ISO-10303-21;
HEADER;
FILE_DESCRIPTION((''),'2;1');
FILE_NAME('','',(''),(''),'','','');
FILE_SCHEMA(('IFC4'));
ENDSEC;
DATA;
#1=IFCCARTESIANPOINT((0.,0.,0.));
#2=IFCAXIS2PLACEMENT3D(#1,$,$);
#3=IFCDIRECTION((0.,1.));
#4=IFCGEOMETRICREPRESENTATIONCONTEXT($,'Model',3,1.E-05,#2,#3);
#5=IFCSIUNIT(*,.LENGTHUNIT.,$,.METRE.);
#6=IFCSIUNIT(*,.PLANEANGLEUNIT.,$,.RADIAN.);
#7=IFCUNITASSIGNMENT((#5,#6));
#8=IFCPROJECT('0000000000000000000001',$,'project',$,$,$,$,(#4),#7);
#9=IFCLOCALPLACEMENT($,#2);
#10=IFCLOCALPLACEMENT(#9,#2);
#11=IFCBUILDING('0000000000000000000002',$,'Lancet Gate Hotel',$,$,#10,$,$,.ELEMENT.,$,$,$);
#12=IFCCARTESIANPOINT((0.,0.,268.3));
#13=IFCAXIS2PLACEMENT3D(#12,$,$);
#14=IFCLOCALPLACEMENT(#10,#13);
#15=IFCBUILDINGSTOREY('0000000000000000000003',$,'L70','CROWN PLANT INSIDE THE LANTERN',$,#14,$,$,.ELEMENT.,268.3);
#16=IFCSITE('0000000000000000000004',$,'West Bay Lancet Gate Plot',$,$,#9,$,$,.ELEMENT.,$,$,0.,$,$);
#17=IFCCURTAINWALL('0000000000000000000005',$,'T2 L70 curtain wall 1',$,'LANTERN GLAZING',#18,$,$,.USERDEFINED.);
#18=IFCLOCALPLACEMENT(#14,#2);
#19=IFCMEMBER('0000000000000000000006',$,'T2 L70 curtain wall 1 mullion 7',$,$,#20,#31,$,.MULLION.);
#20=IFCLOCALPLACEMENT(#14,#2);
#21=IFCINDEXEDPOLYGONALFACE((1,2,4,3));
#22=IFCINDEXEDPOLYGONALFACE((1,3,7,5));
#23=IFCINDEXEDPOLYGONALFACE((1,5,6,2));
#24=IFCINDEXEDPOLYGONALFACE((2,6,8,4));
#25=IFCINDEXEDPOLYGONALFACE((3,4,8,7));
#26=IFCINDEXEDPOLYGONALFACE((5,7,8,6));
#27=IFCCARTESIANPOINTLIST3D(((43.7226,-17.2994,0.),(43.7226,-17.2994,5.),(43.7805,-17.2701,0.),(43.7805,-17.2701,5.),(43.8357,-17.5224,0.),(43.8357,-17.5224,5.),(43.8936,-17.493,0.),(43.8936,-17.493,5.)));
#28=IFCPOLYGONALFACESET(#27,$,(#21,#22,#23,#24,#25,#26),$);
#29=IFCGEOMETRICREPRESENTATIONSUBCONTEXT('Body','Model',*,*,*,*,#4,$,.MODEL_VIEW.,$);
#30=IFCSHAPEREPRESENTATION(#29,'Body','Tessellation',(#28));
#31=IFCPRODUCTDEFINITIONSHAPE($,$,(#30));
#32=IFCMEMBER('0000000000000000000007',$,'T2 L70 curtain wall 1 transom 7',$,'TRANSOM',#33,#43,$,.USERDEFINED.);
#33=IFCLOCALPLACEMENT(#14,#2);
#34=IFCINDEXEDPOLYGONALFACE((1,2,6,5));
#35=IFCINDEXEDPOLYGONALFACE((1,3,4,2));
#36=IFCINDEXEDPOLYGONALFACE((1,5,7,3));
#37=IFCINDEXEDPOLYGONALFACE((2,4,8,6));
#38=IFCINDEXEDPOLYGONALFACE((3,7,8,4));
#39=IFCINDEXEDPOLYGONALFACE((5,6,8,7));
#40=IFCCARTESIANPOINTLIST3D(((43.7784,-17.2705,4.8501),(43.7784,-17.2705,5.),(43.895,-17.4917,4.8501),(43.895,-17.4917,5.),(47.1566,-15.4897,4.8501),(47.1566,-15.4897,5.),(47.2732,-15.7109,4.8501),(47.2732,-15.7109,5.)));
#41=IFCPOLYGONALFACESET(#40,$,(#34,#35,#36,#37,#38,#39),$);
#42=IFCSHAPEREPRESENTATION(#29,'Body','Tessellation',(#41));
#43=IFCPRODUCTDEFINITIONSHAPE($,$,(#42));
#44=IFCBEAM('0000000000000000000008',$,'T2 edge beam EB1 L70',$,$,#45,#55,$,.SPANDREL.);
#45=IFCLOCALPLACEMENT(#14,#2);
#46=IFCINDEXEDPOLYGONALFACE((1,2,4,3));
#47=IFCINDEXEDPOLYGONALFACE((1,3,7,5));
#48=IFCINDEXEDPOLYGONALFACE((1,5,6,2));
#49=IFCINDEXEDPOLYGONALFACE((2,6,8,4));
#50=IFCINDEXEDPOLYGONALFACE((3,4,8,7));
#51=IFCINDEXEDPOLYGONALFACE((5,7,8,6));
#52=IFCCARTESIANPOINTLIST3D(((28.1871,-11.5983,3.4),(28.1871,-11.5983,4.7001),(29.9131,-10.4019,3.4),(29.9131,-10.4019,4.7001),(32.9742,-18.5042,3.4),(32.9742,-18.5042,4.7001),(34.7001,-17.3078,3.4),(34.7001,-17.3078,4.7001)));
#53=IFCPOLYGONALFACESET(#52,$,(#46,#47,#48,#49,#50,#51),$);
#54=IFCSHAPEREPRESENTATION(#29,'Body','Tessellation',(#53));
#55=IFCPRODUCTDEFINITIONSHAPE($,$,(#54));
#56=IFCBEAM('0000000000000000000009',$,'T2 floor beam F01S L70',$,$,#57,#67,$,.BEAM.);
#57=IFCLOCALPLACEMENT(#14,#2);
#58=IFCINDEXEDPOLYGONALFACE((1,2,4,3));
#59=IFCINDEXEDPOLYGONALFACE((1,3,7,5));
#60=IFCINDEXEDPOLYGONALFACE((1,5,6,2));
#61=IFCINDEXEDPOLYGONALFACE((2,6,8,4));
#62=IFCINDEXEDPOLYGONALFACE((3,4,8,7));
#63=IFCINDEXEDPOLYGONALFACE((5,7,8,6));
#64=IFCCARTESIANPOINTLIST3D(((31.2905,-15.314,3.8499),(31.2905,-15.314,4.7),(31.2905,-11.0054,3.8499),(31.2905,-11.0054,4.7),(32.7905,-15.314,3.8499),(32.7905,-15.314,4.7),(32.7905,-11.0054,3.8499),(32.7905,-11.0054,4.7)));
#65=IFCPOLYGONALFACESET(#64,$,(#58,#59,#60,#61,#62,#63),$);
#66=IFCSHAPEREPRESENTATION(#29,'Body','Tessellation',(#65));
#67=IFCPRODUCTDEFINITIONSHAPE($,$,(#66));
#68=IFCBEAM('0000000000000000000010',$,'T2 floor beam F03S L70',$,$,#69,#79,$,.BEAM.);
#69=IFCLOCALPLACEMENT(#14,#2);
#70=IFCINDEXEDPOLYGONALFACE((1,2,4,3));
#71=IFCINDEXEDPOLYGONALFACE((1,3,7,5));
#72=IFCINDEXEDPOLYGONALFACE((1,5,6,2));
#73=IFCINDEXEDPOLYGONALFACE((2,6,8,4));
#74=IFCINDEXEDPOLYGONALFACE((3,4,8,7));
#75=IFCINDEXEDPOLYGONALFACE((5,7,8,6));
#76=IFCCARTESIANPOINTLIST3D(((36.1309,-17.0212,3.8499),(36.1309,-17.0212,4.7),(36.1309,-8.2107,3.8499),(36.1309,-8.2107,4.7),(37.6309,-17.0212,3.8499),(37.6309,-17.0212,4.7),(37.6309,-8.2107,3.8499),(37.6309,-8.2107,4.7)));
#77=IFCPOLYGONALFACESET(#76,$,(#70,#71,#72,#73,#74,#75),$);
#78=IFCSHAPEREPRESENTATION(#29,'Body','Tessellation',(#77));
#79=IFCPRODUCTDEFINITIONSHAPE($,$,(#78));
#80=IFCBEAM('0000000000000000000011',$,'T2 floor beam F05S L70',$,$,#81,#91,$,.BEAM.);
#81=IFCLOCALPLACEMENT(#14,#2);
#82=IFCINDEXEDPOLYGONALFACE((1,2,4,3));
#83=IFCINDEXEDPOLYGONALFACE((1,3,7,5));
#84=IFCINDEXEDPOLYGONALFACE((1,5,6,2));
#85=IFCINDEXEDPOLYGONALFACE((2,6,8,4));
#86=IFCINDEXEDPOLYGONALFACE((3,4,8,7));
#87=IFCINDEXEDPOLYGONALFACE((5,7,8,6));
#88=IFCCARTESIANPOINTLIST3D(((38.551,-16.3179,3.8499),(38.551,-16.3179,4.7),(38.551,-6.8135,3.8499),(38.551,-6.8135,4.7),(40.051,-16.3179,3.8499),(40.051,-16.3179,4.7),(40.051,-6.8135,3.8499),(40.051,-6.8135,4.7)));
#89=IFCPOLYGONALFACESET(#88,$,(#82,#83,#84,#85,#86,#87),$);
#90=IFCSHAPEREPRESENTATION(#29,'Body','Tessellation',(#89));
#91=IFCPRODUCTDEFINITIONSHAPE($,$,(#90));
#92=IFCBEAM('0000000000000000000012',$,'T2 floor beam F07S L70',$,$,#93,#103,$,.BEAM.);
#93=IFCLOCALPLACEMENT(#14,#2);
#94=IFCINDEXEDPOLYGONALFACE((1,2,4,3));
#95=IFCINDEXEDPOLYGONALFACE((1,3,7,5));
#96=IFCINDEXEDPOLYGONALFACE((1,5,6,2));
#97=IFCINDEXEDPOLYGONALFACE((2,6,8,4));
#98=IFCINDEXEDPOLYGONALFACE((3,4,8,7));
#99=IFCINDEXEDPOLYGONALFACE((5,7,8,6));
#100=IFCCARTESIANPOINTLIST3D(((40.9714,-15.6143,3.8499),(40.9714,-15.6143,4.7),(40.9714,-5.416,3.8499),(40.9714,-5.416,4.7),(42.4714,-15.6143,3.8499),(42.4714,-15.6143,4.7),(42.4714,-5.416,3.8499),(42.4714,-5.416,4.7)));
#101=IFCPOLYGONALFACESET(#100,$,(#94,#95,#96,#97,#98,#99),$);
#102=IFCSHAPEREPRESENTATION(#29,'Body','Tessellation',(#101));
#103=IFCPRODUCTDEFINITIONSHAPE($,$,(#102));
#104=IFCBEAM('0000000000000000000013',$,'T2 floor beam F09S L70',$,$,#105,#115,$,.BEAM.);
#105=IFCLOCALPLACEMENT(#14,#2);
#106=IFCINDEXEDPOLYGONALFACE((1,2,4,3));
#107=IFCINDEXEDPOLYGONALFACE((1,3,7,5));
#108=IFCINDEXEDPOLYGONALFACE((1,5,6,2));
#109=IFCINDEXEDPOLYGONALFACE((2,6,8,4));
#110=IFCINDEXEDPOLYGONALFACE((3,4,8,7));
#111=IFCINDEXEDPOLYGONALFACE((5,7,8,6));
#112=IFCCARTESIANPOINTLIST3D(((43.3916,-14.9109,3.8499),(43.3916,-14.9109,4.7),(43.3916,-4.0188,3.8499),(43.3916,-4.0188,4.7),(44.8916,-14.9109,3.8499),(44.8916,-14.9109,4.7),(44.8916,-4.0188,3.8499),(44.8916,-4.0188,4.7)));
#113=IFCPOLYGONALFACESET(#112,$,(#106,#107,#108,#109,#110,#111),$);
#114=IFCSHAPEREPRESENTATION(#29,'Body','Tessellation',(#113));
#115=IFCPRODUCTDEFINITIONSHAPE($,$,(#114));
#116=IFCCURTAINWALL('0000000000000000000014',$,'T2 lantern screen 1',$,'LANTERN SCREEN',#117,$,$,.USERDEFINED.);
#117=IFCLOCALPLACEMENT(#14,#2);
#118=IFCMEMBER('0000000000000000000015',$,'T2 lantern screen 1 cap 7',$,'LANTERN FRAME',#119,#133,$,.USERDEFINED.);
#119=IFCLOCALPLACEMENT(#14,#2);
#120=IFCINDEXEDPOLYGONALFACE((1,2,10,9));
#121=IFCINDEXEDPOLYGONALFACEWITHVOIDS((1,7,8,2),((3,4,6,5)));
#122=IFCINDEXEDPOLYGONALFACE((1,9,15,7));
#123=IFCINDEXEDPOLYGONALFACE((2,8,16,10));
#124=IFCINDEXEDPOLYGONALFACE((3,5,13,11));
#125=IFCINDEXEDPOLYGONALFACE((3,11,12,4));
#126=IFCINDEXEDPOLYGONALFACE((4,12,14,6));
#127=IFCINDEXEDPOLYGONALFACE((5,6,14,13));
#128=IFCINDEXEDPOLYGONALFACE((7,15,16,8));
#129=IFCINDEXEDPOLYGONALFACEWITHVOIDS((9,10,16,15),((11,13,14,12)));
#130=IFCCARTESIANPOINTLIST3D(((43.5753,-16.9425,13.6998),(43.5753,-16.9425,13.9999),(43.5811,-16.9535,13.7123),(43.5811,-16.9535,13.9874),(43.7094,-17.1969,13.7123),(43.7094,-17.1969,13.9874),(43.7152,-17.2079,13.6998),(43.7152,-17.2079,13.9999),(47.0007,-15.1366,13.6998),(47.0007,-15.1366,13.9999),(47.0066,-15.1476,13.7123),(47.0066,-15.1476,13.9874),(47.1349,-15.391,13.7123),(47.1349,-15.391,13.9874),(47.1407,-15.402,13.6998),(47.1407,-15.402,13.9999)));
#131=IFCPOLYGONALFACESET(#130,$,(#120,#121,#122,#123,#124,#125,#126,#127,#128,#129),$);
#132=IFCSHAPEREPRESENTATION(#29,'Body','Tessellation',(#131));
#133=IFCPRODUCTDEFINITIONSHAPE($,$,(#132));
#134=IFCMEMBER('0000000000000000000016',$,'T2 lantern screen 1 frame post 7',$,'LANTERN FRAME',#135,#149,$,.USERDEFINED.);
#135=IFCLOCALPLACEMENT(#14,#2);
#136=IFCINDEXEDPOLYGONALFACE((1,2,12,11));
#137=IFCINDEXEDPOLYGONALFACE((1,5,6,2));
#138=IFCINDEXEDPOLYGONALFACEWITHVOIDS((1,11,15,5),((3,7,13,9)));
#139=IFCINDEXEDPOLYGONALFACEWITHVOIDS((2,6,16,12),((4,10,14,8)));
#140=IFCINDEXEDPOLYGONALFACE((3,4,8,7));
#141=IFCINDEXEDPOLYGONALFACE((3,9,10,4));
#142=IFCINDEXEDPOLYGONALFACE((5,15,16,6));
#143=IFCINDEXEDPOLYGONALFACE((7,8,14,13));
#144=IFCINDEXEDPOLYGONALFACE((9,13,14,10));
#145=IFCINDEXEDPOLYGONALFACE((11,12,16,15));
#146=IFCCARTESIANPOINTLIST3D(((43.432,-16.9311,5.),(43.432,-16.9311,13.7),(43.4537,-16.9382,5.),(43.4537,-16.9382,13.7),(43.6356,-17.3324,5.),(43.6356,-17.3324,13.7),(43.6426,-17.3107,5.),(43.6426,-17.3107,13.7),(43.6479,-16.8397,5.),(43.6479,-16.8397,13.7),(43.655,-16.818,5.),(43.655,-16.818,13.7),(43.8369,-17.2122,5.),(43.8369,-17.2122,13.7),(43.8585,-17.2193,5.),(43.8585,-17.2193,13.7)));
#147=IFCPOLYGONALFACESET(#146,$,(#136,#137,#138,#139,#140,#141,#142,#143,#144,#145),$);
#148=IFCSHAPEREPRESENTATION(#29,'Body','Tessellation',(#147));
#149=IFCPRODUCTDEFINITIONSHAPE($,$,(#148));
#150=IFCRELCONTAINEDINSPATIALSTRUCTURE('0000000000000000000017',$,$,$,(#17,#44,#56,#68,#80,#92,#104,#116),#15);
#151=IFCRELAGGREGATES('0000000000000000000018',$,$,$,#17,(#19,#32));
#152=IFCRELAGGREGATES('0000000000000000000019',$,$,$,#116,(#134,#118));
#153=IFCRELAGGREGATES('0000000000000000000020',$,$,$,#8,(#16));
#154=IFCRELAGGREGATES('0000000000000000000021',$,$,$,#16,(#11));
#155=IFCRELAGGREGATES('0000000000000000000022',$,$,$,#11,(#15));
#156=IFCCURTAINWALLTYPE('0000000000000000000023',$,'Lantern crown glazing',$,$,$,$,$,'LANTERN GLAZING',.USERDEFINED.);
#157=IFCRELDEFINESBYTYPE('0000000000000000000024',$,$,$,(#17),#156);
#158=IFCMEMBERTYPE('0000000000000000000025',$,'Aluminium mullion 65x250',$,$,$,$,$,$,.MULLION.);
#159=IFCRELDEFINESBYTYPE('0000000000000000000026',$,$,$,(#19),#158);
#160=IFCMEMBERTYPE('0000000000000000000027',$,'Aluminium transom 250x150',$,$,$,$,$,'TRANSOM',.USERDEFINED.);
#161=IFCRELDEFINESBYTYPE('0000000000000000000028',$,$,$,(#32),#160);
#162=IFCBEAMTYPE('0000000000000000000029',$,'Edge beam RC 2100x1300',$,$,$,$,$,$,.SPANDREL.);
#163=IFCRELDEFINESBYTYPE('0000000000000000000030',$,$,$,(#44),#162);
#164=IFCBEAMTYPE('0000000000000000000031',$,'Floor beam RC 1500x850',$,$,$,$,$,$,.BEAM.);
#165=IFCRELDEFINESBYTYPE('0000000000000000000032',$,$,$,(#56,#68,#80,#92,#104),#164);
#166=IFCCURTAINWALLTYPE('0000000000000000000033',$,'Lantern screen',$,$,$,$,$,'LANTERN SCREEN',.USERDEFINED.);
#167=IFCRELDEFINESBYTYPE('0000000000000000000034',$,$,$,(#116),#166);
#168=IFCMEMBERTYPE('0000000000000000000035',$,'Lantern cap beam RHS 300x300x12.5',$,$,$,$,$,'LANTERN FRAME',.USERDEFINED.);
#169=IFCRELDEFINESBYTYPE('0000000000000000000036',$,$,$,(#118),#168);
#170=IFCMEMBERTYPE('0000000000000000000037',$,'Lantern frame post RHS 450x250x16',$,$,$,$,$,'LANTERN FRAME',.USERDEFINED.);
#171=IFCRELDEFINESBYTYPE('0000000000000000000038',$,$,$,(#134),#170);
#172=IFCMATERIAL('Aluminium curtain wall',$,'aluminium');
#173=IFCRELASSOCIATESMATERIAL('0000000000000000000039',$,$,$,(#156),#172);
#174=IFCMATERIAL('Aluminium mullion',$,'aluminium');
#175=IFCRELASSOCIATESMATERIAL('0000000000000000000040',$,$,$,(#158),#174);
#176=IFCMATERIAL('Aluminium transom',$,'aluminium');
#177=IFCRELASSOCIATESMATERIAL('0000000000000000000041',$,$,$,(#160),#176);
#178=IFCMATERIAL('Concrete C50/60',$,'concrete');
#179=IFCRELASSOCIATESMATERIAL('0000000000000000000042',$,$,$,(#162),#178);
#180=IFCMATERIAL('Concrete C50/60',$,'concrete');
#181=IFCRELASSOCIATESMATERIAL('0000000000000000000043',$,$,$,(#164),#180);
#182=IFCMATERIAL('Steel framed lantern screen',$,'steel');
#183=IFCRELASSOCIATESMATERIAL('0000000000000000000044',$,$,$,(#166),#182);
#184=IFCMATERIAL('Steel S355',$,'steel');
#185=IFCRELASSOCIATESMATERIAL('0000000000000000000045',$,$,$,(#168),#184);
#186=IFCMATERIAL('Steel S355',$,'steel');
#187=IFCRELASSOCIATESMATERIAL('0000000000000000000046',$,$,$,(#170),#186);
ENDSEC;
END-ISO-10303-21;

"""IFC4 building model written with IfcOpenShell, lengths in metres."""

from ifc_helpers import new_model, si_unit, direction, frame, origin, origin_2d, place, context, subcontext, project, spatial, rectangle, hollow_rectangle, extrude, material, material_profile, profile_set, type_object, element, aggregate, save


model = new_model("IFC4")

# Units and contexts
model_context = context("Model", 3, precision=1e-05, world=origin(), true_north=direction((0.0, 1.0)))
body_context = subcontext(model_context, "Body", "Model", "MODEL_VIEW")
ifc_project = project(units=[si_unit("LENGTHUNIT", "METRE"), si_unit("PLANEANGLEUNIT", "RADIAN")], contexts=[model_context])

# Site, building, storey
site_placement = place(None, origin())
site = spatial("IfcSite", under=ifc_project, at=site_placement, Name="West Bay Lancet Gate Plot", CompositionType="ELEMENT", RefElevation=0.0)
building_placement = place(site_placement, origin())
building = spatial("IfcBuilding", under=site, at=building_placement, Name="Lancet Gate Hotel", CompositionType="ELEMENT")
storey_placement = place(building_placement, frame((0.0, 0.0, 268.3)))
storey = spatial("IfcBuildingStorey", under=building, at=storey_placement, Name="L70", Description="CROWN PLANT INSIDE THE LANTERN", CompositionType="ELEMENT", Elevation=268.3)

# Curtain wall, members
ifc_material_1 = material(Name="Aluminium curtain wall", Category="aluminium")
curtain_wall_type_1 = type_object("IfcCurtainWallType", Name="Lantern crown glazing", ElementType="LANTERN GLAZING", PredefinedType="USERDEFINED", material=ifc_material_1)
curtain_wall_1_placement = place(storey_placement, origin())
curtain_wall_1 = element("IfcCurtainWall", 1, at=curtain_wall_1_placement, inside=storey, type_object=curtain_wall_type_1, Name="T2 L70 curtain wall 1", ObjectType="LANTERN GLAZING", PredefinedType="USERDEFINED")
ifc_material_2 = material(Name="Aluminium mullion", Category="aluminium")
ifc_material_profile_1 = material_profile(ifc_material_2, rectangle(XDim=0.0649, YDim=0.25, at=origin_2d()), Name="MULLION 65x250")
ifc_profile_set_1 = profile_set([ifc_material_profile_1], Name="Aluminium mullion")
member_type_1 = type_object("IfcMemberType", Name="Aluminium mullion 65x250", PredefinedType="MULLION", material=ifc_profile_set_1)
member_1_placement = place(storey_placement, frame((43.8081, -17.3962, 0.0), z_axis=(0.0, 0.0, 1.0), x_axis=(0.891833, 0.452365, 0.0)))
member_1 = element("IfcMember", 2, at=member_1_placement, type_object=member_type_1, Name="T2 L70 curtain wall 1 mullion 7", PredefinedType="MULLION", context=body_context, shape_type="SweptSolid", body=[
    extrude(rectangle(XDim=0.0649, YDim=0.25, at=origin_2d()), origin(), (0.0, 0.0, 1.0), 5.0),
])
ifc_material_3 = material(Name="Aluminium transom", Category="aluminium")
ifc_material_profile_2 = material_profile(ifc_material_3, rectangle(XDim=0.25, YDim=0.1499, at=origin_2d()), Name="TRANSOM 250x150")
ifc_profile_set_2 = profile_set([ifc_material_profile_2], Name="Aluminium transom")
member_type_2 = type_object("IfcMemberType", Name="Aluminium transom 250x150", ElementType="TRANSOM", PredefinedType="USERDEFINED", material=ifc_profile_set_2)
member_2_placement = place(storey_placement, frame((43.8367, -17.3811, 4.925), z_axis=(0.884618, 0.466315, 0.0), x_axis=(-0.466315, 0.884618, 0.0)))
member_2 = element("IfcMember", 3, at=member_2_placement, type_object=member_type_2, Name="T2 L70 curtain wall 1 transom 7", ObjectType="TRANSOM", PredefinedType="USERDEFINED", context=body_context, shape_type="SweptSolid", body=[
    extrude(rectangle(XDim=0.25, YDim=0.1499, at=origin_2d()), origin(), (0.0, 0.0, 1.0), 3.8188),
])

# Beams
ifc_material_4 = material(Name="Concrete C50/60", Category="concrete")
ifc_material_profile_3 = material_profile(ifc_material_4, rectangle(XDim=2.1001, YDim=1.3, at=origin_2d()), Name="RC 2100x1300")
ifc_profile_set_3 = profile_set([ifc_material_profile_3], Name="Concrete C50/60")
beam_type_1 = type_object("IfcBeamType", Name="Edge beam RC 2100x1300", PredefinedType="SPANDREL", material=ifc_profile_set_3)
beam_1_placement = place(storey_placement, frame((33.8372, -17.906, 4.05), z_axis=(-0.569695, 0.821856, 0.0), x_axis=(-0.821856, -0.569695, 0.0)))
element("IfcBeam", 4, at=beam_1_placement, inside=storey, type_object=beam_type_1, Name="T2 edge beam EB1 L70", PredefinedType="SPANDREL", context=body_context, shape_type="SweptSolid", body=[
    extrude(rectangle(XDim=2.1001, YDim=1.3, at=origin_2d()), origin(), (0.0, 0.0, 1.0), 8.4028),
])
ifc_material_5 = material(Name="Concrete C50/60", Category="concrete")
ifc_material_profile_4 = material_profile(ifc_material_5, rectangle(XDim=1.5, YDim=0.8501, at=origin_2d()), Name="RC 1500x850")
ifc_profile_set_4 = profile_set([ifc_material_profile_4], Name="Concrete C50/60")
beam_type_2 = type_object("IfcBeamType", Name="Floor beam RC 1500x850", PredefinedType="BEAM", material=ifc_profile_set_4)
beam_2_placement = place(storey_placement, frame((32.0405, -15.314, 4.2749), z_axis=(0.0, 1.0, 0.0), x_axis=(-1.0, 0.0, 0.0)))
element("IfcBeam", 5, at=beam_2_placement, inside=storey, type_object=beam_type_2, Name="T2 floor beam F01S L70", PredefinedType="BEAM", context=body_context, shape_type="SweptSolid", body=[
    extrude(rectangle(XDim=1.5, YDim=0.8501, at=origin_2d()), origin(), (0.0, 0.0, 1.0), 4.3086),
])
beam_3_placement = place(storey_placement, frame((36.8809, -17.0212, 4.2749), z_axis=(0.0, 1.0, 0.0), x_axis=(-1.0, 0.0, 0.0)))
element("IfcBeam", 6, at=beam_3_placement, inside=storey, type_object=beam_type_2, Name="T2 floor beam F03S L70", PredefinedType="BEAM", context=body_context, shape_type="SweptSolid", body=[
    extrude(rectangle(XDim=1.5, YDim=0.8501, at=origin_2d()), origin(), (0.0, 0.0, 1.0), 8.8105),
])
beam_4_placement = place(storey_placement, frame((39.301, -16.3179, 4.2749), z_axis=(0.0, 1.0, 0.0), x_axis=(-1.0, 0.0, 0.0)))
element("IfcBeam", 7, at=beam_4_placement, inside=storey, type_object=beam_type_2, Name="T2 floor beam F05S L70", PredefinedType="BEAM", context=body_context, shape_type="SweptSolid", body=[
    extrude(rectangle(XDim=1.5, YDim=0.8501, at=origin_2d()), origin(), (0.0, 0.0, 1.0), 9.5044),
])
beam_5_placement = place(storey_placement, frame((41.7214, -15.6143, 4.2749), z_axis=(0.0, 1.0, 0.0), x_axis=(-1.0, 0.0, 0.0)))
element("IfcBeam", 8, at=beam_5_placement, inside=storey, type_object=beam_type_2, Name="T2 floor beam F07S L70", PredefinedType="BEAM", context=body_context, shape_type="SweptSolid", body=[
    extrude(rectangle(XDim=1.5, YDim=0.8501, at=origin_2d()), origin(), (0.0, 0.0, 1.0), 10.1982),
])
beam_6_placement = place(storey_placement, frame((44.1416, -14.9109, 4.2749), z_axis=(0.0, 1.0, 0.0), x_axis=(-1.0, 0.0, 0.0)))
element("IfcBeam", 9, at=beam_6_placement, inside=storey, type_object=beam_type_2, Name="T2 floor beam F09S L70", PredefinedType="BEAM", context=body_context, shape_type="SweptSolid", body=[
    extrude(rectangle(XDim=1.5, YDim=0.8501, at=origin_2d()), origin(), (0.0, 0.0, 1.0), 10.8921),
])

# Curtain wall, members
ifc_material_6 = material(Name="Steel framed lantern screen", Category="steel")
curtain_wall_type_2 = type_object("IfcCurtainWallType", Name="Lantern screen", ElementType="LANTERN SCREEN", PredefinedType="USERDEFINED", material=ifc_material_6)
curtain_wall_2_placement = place(storey_placement, origin())
curtain_wall_2 = element("IfcCurtainWall", 10, at=curtain_wall_2_placement, inside=storey, type_object=curtain_wall_type_2, Name="T2 lantern screen 1", ObjectType="LANTERN SCREEN", PredefinedType="USERDEFINED")
ifc_material_7 = material(Name="Steel S355", Category="steel")
ifc_material_profile_5 = material_profile(ifc_material_7, hollow_rectangle(XDim=0.3, YDim=0.3, WallThickness=0.0125, at=origin_2d()), Name="RHS 300x300x12.5")
ifc_profile_set_5 = profile_set([ifc_material_profile_5], Name="Steel S355")
member_type_3 = type_object("IfcMemberType", Name="Lantern cap beam RHS 300x300x12.5", ElementType="LANTERN FRAME", PredefinedType="USERDEFINED", material=ifc_profile_set_5)
member_3_placement = place(storey_placement, frame((43.6453, -17.0752, 13.8499), z_axis=(0.884599, 0.466352, 0.0), x_axis=(-0.466352, 0.884599, 0.0)))
member_3 = element("IfcMember", 11, at=member_3_placement, type_object=member_type_3, Name="T2 lantern screen 1 cap 7", ObjectType="LANTERN FRAME", PredefinedType="USERDEFINED", context=body_context, shape_type="SweptSolid", body=[
    extrude(hollow_rectangle(XDim=0.3, YDim=0.3, WallThickness=0.0125, at=origin_2d()), origin(), (0.0, 0.0, 1.0), 3.8723),
])
ifc_material_8 = material(Name="Steel S355", Category="steel")
ifc_material_profile_6 = material_profile(ifc_material_8, hollow_rectangle(XDim=0.25, YDim=0.45, WallThickness=0.0161, at=origin_2d()), Name="RHS 450x250x16")
ifc_profile_set_6 = profile_set([ifc_material_profile_6], Name="Steel S355")
member_type_4 = type_object("IfcMemberType", Name="Lantern frame post RHS 450x250x16", ElementType="LANTERN FRAME", PredefinedType="USERDEFINED", material=ifc_profile_set_6)
member_4_placement = place(storey_placement, frame((43.6453, -17.0752, 5.0), z_axis=(0.0, 0.0, 1.0), x_axis=(0.891833, 0.452365, 0.0)))
member_4 = element("IfcMember", 12, at=member_4_placement, type_object=member_type_4, Name="T2 lantern screen 1 frame post 7", ObjectType="LANTERN FRAME", PredefinedType="USERDEFINED", context=body_context, shape_type="SweptSolid", body=[
    extrude(hollow_rectangle(XDim=0.25, YDim=0.45, WallThickness=0.0161, at=origin_2d()), origin(), (0.0, 0.0, 1.0), 8.7),
])

aggregate(curtain_wall_1, [member_1, member_2])
aggregate(curtain_wall_2, [member_4, member_3])

save(model, "model.ifc")
